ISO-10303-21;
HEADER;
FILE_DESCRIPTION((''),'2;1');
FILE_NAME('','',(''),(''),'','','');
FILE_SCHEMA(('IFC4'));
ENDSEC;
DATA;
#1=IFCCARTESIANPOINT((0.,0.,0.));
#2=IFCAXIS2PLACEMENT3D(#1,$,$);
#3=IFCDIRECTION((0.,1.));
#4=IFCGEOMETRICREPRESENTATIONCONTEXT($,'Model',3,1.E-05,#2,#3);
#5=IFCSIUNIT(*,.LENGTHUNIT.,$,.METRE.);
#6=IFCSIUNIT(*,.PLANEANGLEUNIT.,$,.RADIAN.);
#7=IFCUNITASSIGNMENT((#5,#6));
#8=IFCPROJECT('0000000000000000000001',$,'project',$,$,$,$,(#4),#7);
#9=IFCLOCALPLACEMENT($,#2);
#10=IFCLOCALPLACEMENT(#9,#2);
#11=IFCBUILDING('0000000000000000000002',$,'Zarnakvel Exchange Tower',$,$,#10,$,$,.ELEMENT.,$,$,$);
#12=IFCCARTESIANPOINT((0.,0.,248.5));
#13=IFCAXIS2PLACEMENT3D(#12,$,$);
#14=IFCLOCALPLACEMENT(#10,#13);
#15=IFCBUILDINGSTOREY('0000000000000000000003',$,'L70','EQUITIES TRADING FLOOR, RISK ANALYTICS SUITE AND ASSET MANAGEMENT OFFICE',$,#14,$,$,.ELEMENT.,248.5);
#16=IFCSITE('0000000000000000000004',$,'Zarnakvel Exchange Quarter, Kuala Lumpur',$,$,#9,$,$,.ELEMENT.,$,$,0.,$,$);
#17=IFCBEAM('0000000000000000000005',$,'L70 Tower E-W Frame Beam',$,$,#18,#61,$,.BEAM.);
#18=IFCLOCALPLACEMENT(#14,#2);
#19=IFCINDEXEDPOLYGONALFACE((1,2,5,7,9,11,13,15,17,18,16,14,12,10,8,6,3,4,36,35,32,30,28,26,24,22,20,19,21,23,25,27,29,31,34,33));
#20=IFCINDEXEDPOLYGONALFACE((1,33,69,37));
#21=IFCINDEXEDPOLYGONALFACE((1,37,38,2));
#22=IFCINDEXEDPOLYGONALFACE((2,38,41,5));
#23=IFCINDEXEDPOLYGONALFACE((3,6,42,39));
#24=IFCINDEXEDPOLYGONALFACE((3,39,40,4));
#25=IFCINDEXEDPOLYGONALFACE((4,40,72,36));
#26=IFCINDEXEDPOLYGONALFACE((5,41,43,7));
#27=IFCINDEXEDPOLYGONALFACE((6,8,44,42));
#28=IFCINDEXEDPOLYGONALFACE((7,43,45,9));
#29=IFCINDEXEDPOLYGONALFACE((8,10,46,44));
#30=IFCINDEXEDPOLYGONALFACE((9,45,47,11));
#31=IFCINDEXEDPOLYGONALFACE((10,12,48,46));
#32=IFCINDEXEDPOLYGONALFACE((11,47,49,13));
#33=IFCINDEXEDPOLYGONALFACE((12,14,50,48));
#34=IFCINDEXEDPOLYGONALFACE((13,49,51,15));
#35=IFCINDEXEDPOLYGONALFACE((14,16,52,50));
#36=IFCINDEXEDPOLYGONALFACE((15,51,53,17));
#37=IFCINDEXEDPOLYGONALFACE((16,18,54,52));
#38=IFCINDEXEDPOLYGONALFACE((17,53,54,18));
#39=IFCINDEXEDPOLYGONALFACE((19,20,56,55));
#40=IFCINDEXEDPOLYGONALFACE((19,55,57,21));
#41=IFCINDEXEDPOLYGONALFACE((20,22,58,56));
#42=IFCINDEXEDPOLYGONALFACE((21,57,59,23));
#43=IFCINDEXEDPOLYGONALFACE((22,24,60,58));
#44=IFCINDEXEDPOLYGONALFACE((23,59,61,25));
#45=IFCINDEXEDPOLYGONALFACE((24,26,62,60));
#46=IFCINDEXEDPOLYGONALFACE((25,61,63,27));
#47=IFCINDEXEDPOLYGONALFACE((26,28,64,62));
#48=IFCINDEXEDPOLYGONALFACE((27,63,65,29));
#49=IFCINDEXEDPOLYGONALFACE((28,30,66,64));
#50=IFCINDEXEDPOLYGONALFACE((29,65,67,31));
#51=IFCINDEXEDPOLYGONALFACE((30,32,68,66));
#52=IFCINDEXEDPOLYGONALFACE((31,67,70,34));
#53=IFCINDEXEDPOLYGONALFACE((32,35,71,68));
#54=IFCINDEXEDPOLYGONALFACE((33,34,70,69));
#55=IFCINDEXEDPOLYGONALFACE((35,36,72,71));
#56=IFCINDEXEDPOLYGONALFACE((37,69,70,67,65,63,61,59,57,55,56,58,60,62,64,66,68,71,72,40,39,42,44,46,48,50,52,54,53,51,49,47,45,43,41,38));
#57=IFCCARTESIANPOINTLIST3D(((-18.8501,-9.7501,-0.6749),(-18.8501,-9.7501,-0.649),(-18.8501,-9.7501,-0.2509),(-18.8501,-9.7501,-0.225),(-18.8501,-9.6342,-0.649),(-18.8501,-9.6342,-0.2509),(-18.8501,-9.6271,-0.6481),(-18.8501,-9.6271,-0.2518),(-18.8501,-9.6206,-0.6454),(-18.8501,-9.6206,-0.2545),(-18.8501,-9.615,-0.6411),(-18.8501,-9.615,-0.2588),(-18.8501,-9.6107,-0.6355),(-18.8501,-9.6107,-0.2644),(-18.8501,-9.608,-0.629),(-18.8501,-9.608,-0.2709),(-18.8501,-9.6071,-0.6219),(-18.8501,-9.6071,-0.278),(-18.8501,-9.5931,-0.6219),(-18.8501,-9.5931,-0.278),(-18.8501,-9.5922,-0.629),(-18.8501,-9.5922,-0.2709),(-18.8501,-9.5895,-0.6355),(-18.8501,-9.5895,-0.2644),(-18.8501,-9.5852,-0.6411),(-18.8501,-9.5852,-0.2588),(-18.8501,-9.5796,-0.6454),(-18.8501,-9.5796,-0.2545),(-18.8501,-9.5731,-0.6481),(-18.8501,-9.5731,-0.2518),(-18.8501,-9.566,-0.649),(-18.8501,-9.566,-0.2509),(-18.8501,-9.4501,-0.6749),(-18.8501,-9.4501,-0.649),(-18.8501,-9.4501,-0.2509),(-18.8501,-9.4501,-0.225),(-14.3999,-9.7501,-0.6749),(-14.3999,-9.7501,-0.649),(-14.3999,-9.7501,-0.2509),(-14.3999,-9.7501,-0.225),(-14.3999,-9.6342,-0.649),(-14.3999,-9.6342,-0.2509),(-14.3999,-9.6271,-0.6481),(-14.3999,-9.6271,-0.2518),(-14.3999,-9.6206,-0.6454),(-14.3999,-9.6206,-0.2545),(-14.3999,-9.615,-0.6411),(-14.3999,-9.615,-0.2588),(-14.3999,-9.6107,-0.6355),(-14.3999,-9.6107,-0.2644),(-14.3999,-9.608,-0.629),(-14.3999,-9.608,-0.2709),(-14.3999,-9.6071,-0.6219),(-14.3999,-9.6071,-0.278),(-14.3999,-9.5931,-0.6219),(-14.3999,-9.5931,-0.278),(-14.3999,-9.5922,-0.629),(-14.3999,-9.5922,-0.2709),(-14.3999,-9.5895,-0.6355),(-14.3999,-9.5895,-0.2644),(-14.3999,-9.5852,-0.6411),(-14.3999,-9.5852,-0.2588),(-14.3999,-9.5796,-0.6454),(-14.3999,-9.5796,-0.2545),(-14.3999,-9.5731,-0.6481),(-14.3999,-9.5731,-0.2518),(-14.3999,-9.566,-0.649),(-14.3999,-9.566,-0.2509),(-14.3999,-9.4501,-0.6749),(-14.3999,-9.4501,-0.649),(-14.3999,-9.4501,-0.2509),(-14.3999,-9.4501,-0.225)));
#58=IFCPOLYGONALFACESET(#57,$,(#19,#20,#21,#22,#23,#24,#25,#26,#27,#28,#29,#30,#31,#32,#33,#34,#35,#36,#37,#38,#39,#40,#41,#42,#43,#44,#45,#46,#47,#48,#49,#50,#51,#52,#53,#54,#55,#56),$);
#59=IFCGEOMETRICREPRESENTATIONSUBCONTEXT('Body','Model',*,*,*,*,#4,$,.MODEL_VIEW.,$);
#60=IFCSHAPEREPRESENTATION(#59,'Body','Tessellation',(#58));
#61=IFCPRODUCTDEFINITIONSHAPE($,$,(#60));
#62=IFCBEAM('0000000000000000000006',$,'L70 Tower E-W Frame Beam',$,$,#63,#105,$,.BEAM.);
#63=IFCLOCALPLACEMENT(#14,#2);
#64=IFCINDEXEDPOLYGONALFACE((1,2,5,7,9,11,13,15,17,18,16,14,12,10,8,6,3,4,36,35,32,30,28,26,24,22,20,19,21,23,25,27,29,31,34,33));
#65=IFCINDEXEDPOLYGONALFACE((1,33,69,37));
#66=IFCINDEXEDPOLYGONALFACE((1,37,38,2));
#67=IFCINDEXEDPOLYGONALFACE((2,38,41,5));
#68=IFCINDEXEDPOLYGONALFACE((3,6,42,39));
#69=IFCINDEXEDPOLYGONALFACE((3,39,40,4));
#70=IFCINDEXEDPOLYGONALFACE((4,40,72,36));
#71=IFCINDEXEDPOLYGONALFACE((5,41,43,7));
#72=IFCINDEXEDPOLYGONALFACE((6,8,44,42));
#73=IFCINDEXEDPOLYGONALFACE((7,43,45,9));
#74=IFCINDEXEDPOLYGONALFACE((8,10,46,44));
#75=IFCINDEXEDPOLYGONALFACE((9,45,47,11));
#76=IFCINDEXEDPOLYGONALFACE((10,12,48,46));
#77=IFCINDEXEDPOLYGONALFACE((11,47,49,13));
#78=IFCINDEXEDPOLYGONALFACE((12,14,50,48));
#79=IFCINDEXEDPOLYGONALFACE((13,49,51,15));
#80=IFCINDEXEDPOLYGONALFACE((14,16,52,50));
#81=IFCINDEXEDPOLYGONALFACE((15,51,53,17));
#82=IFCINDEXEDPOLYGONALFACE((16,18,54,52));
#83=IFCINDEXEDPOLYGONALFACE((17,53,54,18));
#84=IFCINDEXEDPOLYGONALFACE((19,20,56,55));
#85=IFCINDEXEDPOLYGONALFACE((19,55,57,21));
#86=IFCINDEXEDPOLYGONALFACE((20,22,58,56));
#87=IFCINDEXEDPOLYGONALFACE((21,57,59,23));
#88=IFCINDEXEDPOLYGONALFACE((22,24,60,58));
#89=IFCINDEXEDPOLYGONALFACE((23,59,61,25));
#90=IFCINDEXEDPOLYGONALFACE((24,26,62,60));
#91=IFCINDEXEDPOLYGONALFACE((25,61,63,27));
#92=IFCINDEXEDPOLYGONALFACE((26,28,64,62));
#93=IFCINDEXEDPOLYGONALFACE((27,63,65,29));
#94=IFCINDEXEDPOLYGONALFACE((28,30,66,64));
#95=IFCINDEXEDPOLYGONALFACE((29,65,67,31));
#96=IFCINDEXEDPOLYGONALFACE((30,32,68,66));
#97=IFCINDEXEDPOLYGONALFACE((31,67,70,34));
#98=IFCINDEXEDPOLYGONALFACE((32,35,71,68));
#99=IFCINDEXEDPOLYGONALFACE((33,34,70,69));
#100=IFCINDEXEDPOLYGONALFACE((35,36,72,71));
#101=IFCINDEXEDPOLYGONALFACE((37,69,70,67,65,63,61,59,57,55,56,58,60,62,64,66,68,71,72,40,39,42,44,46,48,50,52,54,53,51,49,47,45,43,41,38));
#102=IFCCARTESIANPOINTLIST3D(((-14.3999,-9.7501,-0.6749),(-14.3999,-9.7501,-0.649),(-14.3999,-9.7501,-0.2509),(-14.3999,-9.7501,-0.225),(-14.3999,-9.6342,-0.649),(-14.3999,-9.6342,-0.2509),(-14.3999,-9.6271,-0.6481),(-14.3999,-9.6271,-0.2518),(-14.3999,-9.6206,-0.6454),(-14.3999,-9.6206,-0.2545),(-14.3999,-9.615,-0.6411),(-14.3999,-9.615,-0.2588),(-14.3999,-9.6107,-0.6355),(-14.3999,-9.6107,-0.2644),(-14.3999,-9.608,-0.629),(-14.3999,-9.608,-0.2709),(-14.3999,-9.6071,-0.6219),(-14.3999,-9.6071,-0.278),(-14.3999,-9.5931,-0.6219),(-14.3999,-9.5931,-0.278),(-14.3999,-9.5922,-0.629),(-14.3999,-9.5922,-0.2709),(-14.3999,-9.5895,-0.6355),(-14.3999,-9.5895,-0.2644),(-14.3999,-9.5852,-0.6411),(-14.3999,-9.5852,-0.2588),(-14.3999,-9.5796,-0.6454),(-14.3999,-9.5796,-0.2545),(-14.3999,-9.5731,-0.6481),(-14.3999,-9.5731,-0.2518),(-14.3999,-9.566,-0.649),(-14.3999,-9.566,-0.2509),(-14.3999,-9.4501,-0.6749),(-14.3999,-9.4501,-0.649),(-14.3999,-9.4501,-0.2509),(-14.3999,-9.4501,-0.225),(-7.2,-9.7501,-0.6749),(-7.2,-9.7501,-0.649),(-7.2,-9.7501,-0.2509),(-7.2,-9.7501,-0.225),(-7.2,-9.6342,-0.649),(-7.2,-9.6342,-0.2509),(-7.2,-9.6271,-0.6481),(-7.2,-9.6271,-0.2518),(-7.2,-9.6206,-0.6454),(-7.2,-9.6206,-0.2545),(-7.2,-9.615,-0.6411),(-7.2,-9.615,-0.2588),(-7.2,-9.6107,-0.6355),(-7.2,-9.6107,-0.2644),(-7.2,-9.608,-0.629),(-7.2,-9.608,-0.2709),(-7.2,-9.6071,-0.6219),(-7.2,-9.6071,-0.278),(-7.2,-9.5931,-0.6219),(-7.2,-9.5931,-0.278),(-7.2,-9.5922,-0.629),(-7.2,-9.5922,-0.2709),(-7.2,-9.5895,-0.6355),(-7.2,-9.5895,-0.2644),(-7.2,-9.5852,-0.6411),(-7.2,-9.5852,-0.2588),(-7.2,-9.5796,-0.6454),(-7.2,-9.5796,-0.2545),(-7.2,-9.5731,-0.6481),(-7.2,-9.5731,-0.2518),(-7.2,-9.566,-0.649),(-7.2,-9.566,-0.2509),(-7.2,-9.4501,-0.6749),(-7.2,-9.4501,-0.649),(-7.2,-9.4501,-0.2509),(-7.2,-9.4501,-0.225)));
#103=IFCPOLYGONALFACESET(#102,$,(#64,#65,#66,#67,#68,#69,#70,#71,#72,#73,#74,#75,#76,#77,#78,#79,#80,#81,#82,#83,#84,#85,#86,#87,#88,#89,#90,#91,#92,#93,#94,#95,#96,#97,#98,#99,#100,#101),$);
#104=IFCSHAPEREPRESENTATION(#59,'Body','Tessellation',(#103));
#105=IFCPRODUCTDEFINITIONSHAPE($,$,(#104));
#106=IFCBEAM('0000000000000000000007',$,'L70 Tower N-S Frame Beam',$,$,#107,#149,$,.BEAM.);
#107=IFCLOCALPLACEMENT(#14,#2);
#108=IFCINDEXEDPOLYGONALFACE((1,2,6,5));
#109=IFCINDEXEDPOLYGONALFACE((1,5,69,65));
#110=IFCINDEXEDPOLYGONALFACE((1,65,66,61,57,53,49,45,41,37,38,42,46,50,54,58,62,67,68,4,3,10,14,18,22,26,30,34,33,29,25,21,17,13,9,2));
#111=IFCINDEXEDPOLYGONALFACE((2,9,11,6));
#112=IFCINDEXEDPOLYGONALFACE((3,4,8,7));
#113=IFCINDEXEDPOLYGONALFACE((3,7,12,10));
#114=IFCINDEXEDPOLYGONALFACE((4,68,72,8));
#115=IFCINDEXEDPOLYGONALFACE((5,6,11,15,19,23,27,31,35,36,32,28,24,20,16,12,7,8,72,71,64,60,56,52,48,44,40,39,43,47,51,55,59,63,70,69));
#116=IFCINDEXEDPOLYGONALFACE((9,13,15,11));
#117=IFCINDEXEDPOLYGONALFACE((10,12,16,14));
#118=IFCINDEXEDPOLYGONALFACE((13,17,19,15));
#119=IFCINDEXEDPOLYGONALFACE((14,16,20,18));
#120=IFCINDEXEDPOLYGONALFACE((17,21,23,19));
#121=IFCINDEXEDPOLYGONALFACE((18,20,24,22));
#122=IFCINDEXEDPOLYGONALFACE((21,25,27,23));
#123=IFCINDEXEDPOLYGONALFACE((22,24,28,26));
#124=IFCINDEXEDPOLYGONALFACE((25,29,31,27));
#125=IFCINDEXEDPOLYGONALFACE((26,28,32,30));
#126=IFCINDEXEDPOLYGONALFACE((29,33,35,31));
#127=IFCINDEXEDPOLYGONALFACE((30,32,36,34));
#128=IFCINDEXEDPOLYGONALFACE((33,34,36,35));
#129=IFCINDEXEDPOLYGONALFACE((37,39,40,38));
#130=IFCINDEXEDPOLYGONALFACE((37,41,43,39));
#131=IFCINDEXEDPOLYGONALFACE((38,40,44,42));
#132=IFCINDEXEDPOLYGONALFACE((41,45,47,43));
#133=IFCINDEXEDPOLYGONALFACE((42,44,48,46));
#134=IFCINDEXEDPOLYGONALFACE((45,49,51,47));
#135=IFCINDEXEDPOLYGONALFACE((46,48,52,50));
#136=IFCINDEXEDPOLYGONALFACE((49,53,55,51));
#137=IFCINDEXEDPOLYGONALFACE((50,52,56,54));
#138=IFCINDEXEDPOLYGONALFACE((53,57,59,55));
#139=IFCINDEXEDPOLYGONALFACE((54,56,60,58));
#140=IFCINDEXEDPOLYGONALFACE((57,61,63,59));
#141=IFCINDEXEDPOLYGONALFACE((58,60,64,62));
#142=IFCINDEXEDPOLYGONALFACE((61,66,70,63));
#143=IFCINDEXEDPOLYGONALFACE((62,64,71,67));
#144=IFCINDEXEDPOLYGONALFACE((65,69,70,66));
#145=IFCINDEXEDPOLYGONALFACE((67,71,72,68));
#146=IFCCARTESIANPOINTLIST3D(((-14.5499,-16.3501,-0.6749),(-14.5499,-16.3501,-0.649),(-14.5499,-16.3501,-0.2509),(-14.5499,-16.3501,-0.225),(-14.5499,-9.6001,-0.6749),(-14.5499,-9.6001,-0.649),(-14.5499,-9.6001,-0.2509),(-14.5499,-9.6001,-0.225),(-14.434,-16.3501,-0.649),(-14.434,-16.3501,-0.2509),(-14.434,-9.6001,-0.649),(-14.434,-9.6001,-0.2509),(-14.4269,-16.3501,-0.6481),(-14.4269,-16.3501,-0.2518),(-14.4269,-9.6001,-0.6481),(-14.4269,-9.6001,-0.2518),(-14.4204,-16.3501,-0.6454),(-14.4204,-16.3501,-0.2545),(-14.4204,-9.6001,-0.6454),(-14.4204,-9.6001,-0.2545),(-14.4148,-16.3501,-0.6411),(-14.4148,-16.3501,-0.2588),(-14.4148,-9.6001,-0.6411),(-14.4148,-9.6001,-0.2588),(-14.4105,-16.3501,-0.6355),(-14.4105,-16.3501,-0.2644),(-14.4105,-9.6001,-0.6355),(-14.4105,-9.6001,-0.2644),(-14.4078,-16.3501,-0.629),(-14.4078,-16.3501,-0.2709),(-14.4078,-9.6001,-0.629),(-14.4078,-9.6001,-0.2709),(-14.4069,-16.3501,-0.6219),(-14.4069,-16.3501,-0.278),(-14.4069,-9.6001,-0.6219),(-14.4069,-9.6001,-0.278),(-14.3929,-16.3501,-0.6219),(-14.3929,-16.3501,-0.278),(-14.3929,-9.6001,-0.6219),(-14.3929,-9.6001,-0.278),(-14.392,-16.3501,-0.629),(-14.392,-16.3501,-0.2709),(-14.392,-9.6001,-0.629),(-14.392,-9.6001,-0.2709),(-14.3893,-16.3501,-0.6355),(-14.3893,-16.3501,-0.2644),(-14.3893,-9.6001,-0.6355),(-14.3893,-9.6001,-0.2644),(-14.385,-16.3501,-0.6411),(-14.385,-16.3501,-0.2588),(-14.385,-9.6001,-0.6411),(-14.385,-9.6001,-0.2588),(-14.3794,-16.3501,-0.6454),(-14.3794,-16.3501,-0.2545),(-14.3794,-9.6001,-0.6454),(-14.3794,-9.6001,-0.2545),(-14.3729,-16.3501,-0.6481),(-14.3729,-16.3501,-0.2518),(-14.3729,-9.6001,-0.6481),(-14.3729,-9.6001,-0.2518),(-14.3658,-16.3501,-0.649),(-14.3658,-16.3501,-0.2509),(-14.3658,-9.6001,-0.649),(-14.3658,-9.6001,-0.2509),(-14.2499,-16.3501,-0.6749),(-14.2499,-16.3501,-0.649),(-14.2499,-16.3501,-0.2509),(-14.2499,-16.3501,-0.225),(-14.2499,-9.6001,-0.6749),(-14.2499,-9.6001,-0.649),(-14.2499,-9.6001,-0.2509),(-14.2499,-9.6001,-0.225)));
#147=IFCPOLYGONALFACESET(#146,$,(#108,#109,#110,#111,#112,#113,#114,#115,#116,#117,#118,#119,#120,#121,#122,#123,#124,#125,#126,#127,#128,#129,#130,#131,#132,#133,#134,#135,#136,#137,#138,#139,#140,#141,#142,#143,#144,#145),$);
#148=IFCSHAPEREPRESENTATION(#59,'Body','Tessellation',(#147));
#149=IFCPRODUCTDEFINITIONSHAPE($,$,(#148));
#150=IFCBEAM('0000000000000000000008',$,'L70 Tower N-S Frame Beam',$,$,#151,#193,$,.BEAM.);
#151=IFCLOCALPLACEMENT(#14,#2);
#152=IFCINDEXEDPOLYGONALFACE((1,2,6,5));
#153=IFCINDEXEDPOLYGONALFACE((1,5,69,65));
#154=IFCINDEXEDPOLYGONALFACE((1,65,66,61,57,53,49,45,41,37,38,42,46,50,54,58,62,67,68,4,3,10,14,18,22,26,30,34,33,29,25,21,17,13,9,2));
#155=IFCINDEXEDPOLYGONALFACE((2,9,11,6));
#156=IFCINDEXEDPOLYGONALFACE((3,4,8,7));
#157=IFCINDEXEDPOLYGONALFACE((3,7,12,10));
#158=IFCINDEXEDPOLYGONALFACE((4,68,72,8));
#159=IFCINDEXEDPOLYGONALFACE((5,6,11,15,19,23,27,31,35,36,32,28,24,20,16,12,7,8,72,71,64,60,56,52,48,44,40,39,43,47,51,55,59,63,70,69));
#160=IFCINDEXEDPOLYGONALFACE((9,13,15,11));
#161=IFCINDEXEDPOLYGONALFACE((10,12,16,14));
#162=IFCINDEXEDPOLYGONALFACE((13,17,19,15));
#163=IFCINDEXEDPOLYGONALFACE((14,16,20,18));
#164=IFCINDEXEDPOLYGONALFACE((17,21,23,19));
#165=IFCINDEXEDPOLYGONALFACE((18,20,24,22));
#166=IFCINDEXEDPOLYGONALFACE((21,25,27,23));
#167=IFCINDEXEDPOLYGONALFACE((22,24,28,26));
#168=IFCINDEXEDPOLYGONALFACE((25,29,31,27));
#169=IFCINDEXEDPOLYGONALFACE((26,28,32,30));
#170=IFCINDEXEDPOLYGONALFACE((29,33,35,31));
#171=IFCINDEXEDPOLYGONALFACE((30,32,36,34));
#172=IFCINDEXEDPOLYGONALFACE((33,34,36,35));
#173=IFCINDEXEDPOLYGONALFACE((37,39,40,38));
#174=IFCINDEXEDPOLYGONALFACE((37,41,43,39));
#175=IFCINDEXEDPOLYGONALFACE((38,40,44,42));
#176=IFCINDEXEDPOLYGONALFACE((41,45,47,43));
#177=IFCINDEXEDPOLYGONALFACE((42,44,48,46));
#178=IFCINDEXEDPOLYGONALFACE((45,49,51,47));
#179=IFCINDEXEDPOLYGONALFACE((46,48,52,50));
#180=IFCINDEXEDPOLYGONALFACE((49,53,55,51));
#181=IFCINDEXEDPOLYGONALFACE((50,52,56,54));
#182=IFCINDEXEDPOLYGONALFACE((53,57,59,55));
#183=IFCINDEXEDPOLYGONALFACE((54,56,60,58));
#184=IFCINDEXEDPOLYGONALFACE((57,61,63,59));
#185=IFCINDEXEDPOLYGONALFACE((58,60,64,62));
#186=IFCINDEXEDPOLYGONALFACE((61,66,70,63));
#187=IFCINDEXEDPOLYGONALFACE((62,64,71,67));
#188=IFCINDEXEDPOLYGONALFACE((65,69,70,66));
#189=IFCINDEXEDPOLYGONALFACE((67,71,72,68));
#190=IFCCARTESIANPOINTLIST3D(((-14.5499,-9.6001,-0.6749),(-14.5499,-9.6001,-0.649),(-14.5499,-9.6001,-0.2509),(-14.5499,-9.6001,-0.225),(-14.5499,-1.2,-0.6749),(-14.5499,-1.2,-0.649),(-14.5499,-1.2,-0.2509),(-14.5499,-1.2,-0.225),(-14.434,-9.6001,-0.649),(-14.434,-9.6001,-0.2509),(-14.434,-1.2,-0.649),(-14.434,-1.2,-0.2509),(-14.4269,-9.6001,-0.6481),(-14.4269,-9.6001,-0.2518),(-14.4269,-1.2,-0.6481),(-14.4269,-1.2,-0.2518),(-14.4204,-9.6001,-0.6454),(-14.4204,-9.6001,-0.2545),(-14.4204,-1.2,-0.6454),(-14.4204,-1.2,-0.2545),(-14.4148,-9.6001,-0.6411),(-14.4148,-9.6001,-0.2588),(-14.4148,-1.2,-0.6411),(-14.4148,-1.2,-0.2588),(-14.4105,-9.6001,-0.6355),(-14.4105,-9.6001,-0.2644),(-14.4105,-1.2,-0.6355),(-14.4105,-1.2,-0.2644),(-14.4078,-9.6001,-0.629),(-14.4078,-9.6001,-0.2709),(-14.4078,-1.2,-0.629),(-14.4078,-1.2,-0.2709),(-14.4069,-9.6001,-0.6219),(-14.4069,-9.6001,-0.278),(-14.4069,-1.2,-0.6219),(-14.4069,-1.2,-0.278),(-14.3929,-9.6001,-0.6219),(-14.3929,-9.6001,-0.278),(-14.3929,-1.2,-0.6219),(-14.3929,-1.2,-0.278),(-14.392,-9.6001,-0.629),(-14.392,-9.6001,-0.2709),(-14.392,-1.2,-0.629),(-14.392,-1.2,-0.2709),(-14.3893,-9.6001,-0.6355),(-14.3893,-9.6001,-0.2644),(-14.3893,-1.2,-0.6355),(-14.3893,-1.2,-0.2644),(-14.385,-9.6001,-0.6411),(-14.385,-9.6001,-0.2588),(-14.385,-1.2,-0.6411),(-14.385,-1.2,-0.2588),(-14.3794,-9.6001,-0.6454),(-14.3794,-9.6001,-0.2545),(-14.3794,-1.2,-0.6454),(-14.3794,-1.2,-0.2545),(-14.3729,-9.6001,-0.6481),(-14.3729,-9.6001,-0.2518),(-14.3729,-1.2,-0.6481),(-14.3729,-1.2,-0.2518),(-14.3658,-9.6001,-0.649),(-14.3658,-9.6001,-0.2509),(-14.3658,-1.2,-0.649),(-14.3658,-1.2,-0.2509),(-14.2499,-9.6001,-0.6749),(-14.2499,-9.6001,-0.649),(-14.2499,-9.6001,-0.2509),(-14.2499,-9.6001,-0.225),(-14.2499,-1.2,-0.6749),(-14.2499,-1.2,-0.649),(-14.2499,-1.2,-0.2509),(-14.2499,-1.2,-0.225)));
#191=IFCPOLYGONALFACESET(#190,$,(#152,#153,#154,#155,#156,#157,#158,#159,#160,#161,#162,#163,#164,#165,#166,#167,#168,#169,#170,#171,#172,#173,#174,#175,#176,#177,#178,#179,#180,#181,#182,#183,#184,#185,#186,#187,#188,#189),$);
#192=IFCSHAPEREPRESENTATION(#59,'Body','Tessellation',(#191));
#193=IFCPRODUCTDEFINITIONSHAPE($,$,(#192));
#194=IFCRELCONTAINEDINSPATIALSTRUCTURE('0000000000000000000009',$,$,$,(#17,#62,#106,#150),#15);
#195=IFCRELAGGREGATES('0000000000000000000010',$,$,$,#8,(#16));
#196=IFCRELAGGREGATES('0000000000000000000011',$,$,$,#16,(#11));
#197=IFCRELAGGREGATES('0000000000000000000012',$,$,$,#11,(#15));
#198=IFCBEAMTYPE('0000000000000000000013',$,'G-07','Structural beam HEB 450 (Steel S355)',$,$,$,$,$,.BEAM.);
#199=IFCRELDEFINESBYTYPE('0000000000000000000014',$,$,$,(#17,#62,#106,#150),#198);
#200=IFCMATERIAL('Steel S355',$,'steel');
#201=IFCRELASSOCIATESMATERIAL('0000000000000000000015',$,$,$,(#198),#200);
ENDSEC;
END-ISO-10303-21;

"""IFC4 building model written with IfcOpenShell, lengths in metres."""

from ifc_helpers import new_model, si_unit, direction, frame, origin, origin_2d, place, context, subcontext, project, spatial, i_section, extrude, material, material_profile, profile_set, type_object, element, save


model = new_model("IFC4")

# Units and contexts
model_context = context("Model", 3, precision=1e-05, world=origin(), true_north=direction((0.0, 1.0)))
body_context = subcontext(model_context, "Body", "Model", "MODEL_VIEW")
ifc_project = project(units=[si_unit("LENGTHUNIT", "METRE"), si_unit("PLANEANGLEUNIT", "RADIAN")], contexts=[model_context])

# Site, building, storey
site_placement = place(None, origin())
site = spatial("IfcSite", under=ifc_project, at=site_placement, Name="Zarnakvel Exchange Quarter, Kuala Lumpur", CompositionType="ELEMENT", RefElevation=0.0)
building_placement = place(site_placement, origin())
building = spatial("IfcBuilding", under=site, at=building_placement, Name="Zarnakvel Exchange Tower", CompositionType="ELEMENT")
storey_placement = place(building_placement, frame((0.0, 0.0, 248.5)))
storey = spatial("IfcBuildingStorey", under=building, at=storey_placement, Name="L70", Description="EQUITIES TRADING FLOOR, RISK ANALYTICS SUITE AND ASSET MANAGEMENT OFFICE", CompositionType="ELEMENT", Elevation=248.5)

# Shared definitions
ifc_material_1 = material(Name="Steel S355", Category="steel")

# Beams
ifc_material_profile_1 = material_profile(ifc_material_1, i_section(OverallWidth=0.3, OverallDepth=0.45, WebThickness=0.0139, FlangeThickness=0.0259, FilletRadius=0.0271, at=origin_2d()))
ifc_profile_set_1 = profile_set([ifc_material_profile_1], Name="Steel S355")
beam_type_1 = type_object("IfcBeamType", Name="G-07", Description="Structural beam HEB 450 (Steel S355)", PredefinedType="BEAM", material=ifc_profile_set_1)
beam_1_placement = place(storey_placement, frame((-18.8501, -9.6001, -0.45), z_axis=(1.0, 0.0, 0.0), x_axis=(0.0, 1.0, 0.0)))
element("IfcBeam", 1, at=beam_1_placement, inside=storey, type_object=beam_type_1, Name="L70 Tower E-W Frame Beam", PredefinedType="BEAM", context=body_context, shape_type="SweptSolid", body=[
    extrude(i_section(OverallWidth=0.3, OverallDepth=0.45, WebThickness=0.0139, FlangeThickness=0.0259, FilletRadius=0.0271, at=origin_2d()), origin(), (0.0, 0.0, 1.0), 4.4502),
])
beam_2_placement = place(storey_placement, frame((-14.3999, -9.6001, -0.45), z_axis=(1.0, 0.0, 0.0), x_axis=(0.0, 1.0, 0.0)))
element("IfcBeam", 2, at=beam_2_placement, inside=storey, type_object=beam_type_1, Name="L70 Tower E-W Frame Beam", PredefinedType="BEAM", context=body_context, shape_type="SweptSolid", body=[
    extrude(i_section(OverallWidth=0.3, OverallDepth=0.45, WebThickness=0.0139, FlangeThickness=0.0259, FilletRadius=0.0271, at=origin_2d()), origin(), (0.0, 0.0, 1.0), 7.2),
])
beam_3_placement = place(storey_placement, frame((-14.3999, -16.3501, -0.45), z_axis=(0.0, 1.0, 0.0), x_axis=(-1.0, 0.0, 0.0)))
element("IfcBeam", 3, at=beam_3_placement, inside=storey, type_object=beam_type_1, Name="L70 Tower N-S Frame Beam", PredefinedType="BEAM", context=body_context, shape_type="SweptSolid", body=[
    extrude(i_section(OverallWidth=0.3, OverallDepth=0.45, WebThickness=0.0139, FlangeThickness=0.0259, FilletRadius=0.0271, at=origin_2d()), origin(), (0.0, 0.0, 1.0), 6.75),
])
beam_4_placement = place(storey_placement, frame((-14.3999, -9.6001, -0.45), z_axis=(0.0, 1.0, 0.0), x_axis=(-1.0, 0.0, 0.0)))
element("IfcBeam", 4, at=beam_4_placement, inside=storey, type_object=beam_type_1, Name="L70 Tower N-S Frame Beam", PredefinedType="BEAM", context=body_context, shape_type="SweptSolid", body=[
    extrude(i_section(OverallWidth=0.3, OverallDepth=0.45, WebThickness=0.0139, FlangeThickness=0.0259, FilletRadius=0.0271, at=origin_2d()), origin(), (0.0, 0.0, 1.0), 8.4001),
])

save(model, "model.ifc")
